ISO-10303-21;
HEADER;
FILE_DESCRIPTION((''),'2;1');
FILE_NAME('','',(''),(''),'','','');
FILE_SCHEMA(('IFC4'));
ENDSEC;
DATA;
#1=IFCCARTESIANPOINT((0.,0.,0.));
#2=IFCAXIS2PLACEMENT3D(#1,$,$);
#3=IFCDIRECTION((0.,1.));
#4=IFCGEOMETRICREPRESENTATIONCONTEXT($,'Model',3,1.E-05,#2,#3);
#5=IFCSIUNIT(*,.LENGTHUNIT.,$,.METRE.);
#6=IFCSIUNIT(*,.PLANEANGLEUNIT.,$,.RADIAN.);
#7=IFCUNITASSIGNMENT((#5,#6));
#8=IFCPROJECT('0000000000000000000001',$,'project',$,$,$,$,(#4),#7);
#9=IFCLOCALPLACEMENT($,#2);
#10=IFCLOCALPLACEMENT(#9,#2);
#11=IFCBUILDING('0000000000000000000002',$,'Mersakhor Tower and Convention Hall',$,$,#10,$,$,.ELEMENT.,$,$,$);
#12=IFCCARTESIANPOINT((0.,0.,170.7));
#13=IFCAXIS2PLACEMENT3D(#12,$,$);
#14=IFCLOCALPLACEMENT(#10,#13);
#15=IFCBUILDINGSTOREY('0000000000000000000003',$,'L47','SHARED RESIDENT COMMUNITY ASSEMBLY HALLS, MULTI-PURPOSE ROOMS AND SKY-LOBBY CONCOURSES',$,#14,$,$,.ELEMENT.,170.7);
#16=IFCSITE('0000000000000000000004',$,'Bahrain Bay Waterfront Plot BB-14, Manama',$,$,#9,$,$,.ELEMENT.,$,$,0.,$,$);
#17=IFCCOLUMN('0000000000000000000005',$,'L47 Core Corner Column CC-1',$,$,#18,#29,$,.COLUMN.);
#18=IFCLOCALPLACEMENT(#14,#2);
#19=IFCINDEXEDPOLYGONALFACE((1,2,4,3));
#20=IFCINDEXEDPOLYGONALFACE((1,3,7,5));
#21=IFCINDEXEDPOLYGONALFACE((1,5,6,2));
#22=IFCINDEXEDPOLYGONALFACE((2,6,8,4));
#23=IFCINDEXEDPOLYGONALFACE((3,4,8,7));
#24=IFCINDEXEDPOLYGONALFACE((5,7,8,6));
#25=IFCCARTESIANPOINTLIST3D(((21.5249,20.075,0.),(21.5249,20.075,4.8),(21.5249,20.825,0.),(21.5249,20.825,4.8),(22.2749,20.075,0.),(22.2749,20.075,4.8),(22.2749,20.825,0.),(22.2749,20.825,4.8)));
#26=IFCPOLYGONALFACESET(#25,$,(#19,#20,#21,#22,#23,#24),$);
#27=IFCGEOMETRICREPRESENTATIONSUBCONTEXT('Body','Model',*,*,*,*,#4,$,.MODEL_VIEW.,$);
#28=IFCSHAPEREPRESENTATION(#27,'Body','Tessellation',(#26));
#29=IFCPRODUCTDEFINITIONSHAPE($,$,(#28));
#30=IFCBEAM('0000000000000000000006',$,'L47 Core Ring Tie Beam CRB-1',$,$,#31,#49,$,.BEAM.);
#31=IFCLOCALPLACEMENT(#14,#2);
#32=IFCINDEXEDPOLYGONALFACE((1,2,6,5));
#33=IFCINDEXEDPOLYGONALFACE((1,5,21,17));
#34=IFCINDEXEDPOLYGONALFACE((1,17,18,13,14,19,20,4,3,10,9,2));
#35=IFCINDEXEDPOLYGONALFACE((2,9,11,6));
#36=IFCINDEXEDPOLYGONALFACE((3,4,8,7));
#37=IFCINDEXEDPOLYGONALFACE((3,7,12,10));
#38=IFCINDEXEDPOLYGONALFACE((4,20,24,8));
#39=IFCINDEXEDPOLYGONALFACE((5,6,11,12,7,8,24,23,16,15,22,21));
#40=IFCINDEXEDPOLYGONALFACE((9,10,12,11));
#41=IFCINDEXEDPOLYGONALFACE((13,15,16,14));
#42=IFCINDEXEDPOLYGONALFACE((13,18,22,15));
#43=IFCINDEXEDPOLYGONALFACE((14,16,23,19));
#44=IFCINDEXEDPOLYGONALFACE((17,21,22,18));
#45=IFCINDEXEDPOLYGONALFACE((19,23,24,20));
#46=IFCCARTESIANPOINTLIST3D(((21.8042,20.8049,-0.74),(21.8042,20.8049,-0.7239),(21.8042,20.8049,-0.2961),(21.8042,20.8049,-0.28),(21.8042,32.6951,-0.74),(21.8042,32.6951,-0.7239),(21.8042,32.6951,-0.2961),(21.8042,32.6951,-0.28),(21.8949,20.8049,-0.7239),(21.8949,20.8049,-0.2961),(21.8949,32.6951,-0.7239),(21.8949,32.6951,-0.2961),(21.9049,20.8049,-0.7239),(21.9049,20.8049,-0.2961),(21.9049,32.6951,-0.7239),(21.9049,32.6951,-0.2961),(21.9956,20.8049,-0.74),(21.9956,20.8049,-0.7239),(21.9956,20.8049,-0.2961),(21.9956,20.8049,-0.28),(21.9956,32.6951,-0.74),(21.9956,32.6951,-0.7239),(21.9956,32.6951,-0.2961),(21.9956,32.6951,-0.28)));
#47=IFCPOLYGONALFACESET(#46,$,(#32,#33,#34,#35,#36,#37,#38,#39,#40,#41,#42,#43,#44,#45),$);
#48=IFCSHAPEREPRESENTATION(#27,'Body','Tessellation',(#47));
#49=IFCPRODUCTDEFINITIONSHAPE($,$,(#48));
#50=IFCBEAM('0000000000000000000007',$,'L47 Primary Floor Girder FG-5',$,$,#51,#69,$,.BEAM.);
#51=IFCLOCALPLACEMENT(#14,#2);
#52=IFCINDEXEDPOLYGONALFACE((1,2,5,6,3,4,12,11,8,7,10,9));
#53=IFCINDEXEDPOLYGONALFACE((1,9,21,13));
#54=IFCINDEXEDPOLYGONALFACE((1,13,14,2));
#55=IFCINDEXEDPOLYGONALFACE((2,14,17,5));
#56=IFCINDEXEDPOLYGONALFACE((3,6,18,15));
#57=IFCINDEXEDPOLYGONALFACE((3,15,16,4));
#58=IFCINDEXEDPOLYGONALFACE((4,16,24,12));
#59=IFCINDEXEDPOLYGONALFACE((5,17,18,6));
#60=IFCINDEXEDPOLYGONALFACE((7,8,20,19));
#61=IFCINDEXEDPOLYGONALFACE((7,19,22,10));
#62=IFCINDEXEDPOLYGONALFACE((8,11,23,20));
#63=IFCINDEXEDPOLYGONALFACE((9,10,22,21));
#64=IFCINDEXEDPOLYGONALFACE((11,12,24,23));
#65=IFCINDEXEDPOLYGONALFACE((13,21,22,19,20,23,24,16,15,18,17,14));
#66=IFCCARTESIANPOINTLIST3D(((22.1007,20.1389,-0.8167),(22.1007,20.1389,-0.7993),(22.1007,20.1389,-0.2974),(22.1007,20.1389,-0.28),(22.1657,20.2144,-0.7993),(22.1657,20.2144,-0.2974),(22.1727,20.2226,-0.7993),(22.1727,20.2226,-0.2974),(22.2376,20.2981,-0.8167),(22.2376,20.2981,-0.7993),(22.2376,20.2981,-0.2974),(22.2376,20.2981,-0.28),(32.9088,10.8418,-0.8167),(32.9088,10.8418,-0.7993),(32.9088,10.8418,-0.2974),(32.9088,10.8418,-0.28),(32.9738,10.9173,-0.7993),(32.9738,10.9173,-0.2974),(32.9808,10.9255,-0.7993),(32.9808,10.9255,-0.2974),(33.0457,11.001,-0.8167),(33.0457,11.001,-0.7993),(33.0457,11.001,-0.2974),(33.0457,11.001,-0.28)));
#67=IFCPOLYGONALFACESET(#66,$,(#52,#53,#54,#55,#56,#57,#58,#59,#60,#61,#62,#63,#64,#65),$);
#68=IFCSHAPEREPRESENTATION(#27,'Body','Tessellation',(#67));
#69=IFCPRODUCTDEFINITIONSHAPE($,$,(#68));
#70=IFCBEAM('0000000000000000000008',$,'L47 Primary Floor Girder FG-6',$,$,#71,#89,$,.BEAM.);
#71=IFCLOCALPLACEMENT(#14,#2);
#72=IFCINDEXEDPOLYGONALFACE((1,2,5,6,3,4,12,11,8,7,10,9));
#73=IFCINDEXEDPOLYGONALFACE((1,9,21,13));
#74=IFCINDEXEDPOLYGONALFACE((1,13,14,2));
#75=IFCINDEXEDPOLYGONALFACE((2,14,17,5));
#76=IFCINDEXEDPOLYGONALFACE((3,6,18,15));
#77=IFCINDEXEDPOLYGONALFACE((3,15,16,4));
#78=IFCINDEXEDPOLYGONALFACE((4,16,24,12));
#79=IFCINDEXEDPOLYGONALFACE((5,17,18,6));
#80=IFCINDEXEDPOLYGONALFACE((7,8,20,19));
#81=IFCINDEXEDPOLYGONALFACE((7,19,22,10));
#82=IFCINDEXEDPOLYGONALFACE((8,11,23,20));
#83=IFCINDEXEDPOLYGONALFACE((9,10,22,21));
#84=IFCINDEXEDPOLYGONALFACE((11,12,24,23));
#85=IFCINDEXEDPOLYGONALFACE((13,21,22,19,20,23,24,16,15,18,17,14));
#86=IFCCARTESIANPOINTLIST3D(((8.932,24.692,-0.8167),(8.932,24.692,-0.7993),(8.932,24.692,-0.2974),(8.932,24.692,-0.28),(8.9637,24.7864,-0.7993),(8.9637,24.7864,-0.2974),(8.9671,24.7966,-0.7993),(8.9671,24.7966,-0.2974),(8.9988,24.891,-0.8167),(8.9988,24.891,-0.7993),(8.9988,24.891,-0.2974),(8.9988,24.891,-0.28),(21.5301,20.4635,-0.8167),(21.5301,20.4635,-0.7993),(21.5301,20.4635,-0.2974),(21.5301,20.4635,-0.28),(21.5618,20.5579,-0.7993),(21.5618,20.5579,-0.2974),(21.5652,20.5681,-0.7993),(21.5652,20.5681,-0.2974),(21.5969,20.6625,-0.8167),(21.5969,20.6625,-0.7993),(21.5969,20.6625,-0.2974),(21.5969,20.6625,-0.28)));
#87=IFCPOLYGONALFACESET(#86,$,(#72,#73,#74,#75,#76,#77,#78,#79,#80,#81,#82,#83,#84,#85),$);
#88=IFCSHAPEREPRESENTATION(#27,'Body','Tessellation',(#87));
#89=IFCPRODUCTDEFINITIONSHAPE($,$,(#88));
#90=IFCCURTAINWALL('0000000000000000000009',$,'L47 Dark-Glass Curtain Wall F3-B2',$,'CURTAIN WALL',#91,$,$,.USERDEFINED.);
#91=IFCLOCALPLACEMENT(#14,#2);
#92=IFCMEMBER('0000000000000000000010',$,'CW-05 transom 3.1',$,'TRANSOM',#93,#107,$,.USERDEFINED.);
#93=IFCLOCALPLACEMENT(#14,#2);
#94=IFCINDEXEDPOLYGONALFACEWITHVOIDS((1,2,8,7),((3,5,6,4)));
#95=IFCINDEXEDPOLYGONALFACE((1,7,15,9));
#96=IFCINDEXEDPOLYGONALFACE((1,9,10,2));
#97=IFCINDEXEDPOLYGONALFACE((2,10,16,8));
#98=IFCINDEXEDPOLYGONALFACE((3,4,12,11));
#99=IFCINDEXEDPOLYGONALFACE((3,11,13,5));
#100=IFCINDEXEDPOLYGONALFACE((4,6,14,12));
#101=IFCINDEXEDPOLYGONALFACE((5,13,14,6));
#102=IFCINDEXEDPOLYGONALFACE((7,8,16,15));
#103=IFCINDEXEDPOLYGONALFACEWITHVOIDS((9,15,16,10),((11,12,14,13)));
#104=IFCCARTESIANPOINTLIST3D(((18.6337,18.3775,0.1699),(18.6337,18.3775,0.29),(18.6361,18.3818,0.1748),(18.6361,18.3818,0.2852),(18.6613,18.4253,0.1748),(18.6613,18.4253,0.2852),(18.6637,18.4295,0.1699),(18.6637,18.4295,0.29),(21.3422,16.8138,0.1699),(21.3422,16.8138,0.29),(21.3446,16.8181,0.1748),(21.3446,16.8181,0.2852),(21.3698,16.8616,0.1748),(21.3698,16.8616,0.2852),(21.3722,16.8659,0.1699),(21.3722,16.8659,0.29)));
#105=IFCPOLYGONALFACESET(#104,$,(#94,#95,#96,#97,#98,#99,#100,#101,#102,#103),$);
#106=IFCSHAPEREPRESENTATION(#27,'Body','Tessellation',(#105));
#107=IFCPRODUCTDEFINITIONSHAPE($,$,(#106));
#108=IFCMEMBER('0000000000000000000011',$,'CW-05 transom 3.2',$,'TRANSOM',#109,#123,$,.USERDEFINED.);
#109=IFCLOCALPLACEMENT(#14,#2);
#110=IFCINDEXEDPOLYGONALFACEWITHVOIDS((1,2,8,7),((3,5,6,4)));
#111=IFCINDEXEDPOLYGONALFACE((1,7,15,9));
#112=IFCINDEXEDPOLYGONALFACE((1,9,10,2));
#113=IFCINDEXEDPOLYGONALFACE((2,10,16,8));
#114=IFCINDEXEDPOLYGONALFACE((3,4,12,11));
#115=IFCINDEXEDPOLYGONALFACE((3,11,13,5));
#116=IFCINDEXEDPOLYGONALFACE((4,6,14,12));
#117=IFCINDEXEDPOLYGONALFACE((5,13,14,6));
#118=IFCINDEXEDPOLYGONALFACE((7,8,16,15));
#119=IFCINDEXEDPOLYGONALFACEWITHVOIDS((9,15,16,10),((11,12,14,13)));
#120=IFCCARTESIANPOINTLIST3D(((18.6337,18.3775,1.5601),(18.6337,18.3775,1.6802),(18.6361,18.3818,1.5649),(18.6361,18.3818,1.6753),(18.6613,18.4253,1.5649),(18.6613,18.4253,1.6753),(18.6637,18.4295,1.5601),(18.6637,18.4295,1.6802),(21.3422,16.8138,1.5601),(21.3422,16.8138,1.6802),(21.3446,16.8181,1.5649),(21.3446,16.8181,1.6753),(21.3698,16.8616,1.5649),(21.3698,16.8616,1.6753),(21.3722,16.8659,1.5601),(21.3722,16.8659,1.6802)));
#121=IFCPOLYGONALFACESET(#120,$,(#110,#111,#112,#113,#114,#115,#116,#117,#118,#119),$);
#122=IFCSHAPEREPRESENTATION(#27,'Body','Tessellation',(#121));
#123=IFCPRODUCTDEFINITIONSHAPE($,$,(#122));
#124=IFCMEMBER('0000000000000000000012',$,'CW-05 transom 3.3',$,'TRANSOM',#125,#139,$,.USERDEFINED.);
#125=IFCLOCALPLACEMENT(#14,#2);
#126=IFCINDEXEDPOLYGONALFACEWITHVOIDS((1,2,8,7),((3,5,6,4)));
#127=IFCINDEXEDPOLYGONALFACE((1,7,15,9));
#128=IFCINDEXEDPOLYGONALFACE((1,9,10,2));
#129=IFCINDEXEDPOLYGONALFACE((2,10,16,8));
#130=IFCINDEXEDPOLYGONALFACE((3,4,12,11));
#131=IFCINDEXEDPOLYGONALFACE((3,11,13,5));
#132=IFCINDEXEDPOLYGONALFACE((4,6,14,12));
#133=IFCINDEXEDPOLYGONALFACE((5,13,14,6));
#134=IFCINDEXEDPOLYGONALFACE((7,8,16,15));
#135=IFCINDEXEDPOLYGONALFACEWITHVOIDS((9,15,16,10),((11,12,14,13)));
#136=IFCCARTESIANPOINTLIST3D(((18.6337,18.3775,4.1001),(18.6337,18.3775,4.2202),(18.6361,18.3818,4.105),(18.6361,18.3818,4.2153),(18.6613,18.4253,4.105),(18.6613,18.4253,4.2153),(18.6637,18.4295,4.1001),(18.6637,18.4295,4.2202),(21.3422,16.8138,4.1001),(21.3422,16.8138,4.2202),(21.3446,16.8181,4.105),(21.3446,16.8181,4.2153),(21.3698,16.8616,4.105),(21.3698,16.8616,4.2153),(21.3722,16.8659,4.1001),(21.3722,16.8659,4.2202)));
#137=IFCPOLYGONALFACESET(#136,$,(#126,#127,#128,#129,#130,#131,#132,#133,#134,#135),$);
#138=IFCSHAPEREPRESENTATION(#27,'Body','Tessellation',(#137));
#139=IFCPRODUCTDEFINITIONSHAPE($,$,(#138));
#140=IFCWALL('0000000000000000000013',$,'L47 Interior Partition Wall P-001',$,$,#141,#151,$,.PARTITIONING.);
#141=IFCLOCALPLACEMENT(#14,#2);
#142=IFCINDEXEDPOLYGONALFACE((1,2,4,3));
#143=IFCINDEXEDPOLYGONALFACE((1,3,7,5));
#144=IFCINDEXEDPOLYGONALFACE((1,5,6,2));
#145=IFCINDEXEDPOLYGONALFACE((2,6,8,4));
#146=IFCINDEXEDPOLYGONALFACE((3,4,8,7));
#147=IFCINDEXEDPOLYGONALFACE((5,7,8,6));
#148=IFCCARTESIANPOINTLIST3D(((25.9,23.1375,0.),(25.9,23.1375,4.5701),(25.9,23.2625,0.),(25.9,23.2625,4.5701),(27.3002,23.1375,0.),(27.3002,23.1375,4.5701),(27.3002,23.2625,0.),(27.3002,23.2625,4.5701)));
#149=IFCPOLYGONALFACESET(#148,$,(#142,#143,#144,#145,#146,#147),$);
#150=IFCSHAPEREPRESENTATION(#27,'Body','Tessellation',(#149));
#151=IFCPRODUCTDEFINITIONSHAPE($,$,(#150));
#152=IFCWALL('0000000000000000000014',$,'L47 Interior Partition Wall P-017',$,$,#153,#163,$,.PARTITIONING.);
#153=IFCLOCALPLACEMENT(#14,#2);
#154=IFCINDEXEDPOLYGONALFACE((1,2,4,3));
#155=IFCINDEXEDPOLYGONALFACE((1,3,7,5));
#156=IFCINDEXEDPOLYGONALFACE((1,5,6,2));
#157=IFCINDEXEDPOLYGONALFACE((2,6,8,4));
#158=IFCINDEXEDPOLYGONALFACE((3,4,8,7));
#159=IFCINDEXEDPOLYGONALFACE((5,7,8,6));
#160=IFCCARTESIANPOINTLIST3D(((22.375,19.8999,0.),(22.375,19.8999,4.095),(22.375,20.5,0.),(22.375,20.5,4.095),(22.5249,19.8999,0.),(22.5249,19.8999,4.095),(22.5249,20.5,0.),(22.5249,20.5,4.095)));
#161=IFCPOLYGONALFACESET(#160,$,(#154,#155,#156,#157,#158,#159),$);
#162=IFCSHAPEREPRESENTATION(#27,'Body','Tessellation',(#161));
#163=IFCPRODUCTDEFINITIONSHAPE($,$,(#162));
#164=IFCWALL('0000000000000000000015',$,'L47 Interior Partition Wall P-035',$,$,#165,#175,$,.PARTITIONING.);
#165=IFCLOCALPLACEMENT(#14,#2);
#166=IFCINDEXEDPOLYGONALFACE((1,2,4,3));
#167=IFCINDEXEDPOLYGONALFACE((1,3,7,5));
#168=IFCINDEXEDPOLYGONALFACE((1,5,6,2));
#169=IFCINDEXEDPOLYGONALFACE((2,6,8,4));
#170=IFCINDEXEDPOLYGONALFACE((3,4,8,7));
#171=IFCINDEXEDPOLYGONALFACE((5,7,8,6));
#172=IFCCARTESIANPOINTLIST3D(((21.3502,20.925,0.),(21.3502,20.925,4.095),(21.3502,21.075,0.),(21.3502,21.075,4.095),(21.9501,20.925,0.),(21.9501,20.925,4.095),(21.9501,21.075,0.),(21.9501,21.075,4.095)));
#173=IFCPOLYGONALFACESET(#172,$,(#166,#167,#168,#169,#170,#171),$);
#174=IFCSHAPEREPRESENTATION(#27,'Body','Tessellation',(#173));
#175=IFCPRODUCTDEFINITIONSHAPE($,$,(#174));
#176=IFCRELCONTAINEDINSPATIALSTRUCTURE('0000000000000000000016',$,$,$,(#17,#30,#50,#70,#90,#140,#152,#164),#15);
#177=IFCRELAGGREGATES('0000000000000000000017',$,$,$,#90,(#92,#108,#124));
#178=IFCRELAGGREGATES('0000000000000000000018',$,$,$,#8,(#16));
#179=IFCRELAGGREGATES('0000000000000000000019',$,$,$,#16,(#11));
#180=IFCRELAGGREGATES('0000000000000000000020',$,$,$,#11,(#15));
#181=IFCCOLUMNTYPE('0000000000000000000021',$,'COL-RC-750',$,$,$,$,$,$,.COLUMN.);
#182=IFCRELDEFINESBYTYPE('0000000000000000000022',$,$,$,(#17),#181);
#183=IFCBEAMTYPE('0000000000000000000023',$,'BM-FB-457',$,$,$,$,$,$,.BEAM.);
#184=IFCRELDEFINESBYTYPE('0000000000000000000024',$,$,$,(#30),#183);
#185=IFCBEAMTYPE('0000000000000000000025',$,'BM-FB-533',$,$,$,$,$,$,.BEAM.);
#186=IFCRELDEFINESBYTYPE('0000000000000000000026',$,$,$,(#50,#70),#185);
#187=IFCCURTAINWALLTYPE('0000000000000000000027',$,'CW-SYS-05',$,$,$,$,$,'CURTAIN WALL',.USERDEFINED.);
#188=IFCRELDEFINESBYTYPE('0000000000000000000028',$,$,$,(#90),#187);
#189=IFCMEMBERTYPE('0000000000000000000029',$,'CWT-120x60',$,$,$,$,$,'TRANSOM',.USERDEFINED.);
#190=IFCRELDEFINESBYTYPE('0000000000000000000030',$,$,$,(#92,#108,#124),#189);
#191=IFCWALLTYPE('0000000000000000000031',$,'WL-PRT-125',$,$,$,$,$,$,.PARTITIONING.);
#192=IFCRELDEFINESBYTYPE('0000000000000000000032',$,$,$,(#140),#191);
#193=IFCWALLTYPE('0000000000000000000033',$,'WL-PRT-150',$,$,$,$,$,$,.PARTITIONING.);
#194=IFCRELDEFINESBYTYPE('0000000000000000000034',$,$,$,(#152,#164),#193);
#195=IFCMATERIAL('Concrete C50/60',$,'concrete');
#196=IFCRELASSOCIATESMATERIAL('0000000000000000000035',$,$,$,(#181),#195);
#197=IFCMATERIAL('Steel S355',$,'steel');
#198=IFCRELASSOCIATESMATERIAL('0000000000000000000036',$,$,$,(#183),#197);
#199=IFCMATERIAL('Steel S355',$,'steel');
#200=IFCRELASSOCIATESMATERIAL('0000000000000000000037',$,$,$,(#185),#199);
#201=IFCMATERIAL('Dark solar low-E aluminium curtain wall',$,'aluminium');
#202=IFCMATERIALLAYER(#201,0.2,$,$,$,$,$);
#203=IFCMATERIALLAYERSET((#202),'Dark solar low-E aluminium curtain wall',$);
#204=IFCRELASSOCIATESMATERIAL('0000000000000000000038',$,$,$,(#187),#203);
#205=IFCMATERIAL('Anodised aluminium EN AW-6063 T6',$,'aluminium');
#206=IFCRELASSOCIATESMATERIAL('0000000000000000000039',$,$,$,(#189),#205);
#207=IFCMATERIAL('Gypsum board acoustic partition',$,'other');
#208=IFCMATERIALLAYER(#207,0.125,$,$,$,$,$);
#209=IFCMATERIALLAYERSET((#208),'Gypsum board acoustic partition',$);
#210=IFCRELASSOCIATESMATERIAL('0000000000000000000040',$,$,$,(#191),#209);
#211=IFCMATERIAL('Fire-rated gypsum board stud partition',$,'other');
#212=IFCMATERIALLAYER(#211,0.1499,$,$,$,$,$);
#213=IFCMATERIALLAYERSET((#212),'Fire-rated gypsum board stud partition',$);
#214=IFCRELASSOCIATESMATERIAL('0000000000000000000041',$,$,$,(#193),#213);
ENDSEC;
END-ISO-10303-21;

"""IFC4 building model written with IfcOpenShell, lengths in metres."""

from ifc_helpers import new_model, si_unit, direction, frame, frame_2d, origin, origin_2d, place, context, subcontext, project, spatial, rectangle, hollow_rectangle, i_section, extrude, material, layer, layer_set, material_profile, profile_set, type_object, element, aggregate, save


model = new_model("IFC4")

# Units and contexts
model_context = context("Model", 3, precision=1e-05, world=origin(), true_north=direction((0.0, 1.0)))
body_context = subcontext(model_context, "Body", "Model", "MODEL_VIEW")
ifc_project = project(units=[si_unit("LENGTHUNIT", "METRE"), si_unit("PLANEANGLEUNIT", "RADIAN")], contexts=[model_context])

# Site, building, storey
site_placement = place(None, origin())
site = spatial("IfcSite", under=ifc_project, at=site_placement, Name="Bahrain Bay Waterfront Plot BB-14, Manama", CompositionType="ELEMENT", RefElevation=0.0)
building_placement = place(site_placement, origin())
building = spatial("IfcBuilding", under=site, at=building_placement, Name="Mersakhor Tower and Convention Hall", CompositionType="ELEMENT")
storey_placement = place(building_placement, frame((0.0, 0.0, 170.7)))
storey = spatial("IfcBuildingStorey", under=building, at=storey_placement, Name="L47", Description="SHARED RESIDENT COMMUNITY ASSEMBLY HALLS, MULTI-PURPOSE ROOMS AND SKY-LOBBY CONCOURSES", CompositionType="ELEMENT", Elevation=170.7)

# Column
ifc_material_1 = material(Name="Concrete C50/60", Category="concrete")
ifc_material_profile_1 = material_profile(ifc_material_1, rectangle(XDim=0.75, YDim=0.75, at=origin_2d()), Name="RC 750x750")
ifc_profile_set_1 = profile_set([ifc_material_profile_1], Name="Concrete C50/60")
column_type = type_object("IfcColumnType", Name="COL-RC-750", PredefinedType="COLUMN", material=ifc_profile_set_1)
column_placement = place(storey_placement, frame((21.8999, 20.45, 0.0), z_axis=(0.0, 0.0, 1.0), x_axis=(1.0, 0.0, 0.0)))
element("IfcColumn", 1, at=column_placement, inside=storey, type_object=column_type, Name="L47 Core Corner Column CC-1", PredefinedType="COLUMN", context=body_context, shape_type="SweptSolid", body=[
    extrude(rectangle(XDim=0.75, YDim=0.75, at=origin_2d()), origin(), (0.0, 0.0, 1.0), 4.8),
])

# Beams
ifc_material_2 = material(Name="Steel S355", Category="steel")
ifc_material_profile_2 = material_profile(ifc_material_2, i_section(OverallWidth=0.1914, OverallDepth=0.46, WebThickness=0.01, FlangeThickness=0.0161, at=origin_2d()), Name="UB 457x191x82")
ifc_profile_set_2 = profile_set([ifc_material_profile_2], Name="Steel S355")
beam_type_1 = type_object("IfcBeamType", Name="BM-FB-457", PredefinedType="BEAM", material=ifc_profile_set_2)
beam_1_placement = place(storey_placement, frame((21.8999, 20.8049, -0.51), z_axis=(0.0, 1.0, 0.0), x_axis=(-1.0, 0.0, 0.0)))
element("IfcBeam", 2, at=beam_1_placement, inside=storey, type_object=beam_type_1, Name="L47 Core Ring Tie Beam CRB-1", PredefinedType="BEAM", context=body_context, shape_type="SweptSolid", body=[
    extrude(i_section(OverallWidth=0.1914, OverallDepth=0.46, WebThickness=0.01, FlangeThickness=0.0161, at=origin_2d()), origin(), (0.0, 0.0, 1.0), 11.8901),
])
ifc_material_3 = material(Name="Steel S355", Category="steel")
ifc_material_profile_3 = material_profile(ifc_material_3, i_section(OverallWidth=0.21, OverallDepth=0.5366, WebThickness=0.0107, FlangeThickness=0.0173, at=origin_2d()), Name="UB 533x210x101")
ifc_profile_set_3 = profile_set([ifc_material_profile_3], Name="Steel S355")
beam_type_2 = type_object("IfcBeamType", Name="BM-FB-533", PredefinedType="BEAM", material=ifc_profile_set_3)
beam_2_placement = place(storey_placement, frame((22.1692, 20.2185, -0.5483), z_axis=(0.758111, -0.652126, 0.0), x_axis=(0.652126, 0.758111, 0.0)))
element("IfcBeam", 3, at=beam_2_placement, inside=storey, type_object=beam_type_2, Name="L47 Primary Floor Girder FG-5", PredefinedType="BEAM", context=body_context, shape_type="SweptSolid", body=[
    extrude(i_section(OverallWidth=0.21, OverallDepth=0.5366, WebThickness=0.0107, FlangeThickness=0.0173, at=origin_2d()), origin(), (0.0, 0.0, 1.0), 14.2566),
])
beam_3_placement = place(storey_placement, frame((21.5635, 20.563, -0.5483), z_axis=(-0.948024, 0.3182, 0.0), x_axis=(-0.3182, -0.948024, 0.0)))
element("IfcBeam", 4, at=beam_3_placement, inside=storey, type_object=beam_type_2, Name="L47 Primary Floor Girder FG-6", PredefinedType="BEAM", context=body_context, shape_type="SweptSolid", body=[
    extrude(i_section(OverallWidth=0.21, OverallDepth=0.5366, WebThickness=0.0107, FlangeThickness=0.0173, at=origin_2d()), origin(), (0.0, 0.0, 1.0), 13.2888),
])

# Curtain wall, members
ifc_material_4 = material(Name="Dark solar low-E aluminium curtain wall", Category="aluminium")
ifc_layer_1 = layer(ifc_material_4, 0.2)
ifc_layer_set_1 = layer_set([ifc_layer_1], Name="Dark solar low-E aluminium curtain wall")
curtain_wall_type = type_object("IfcCurtainWallType", Name="CW-SYS-05", ElementType="CURTAIN WALL", PredefinedType="USERDEFINED", material=ifc_layer_set_1)
curtain_wall_placement = place(storey_placement, origin())
curtain_wall = element("IfcCurtainWall", 5, at=curtain_wall_placement, inside=storey, type_object=curtain_wall_type, Name="L47 Dark-Glass Curtain Wall F3-B2", ObjectType="CURTAIN WALL", PredefinedType="USERDEFINED")
ifc_material_5 = material(Name="Anodised aluminium EN AW-6063 T6", Category="aluminium")
ifc_material_profile_4 = material_profile(ifc_material_5, hollow_rectangle(XDim=0.0601, YDim=0.1201, WallThickness=0.0049, at=origin_2d()), Name="RHS 120x60x5")
ifc_profile_set_4 = profile_set([ifc_material_profile_4], Name="Anodised aluminium EN AW-6063 T6")
member_type = type_object("IfcMemberType", Name="CWT-120x60", ElementType="TRANSOM", PredefinedType="USERDEFINED", material=ifc_profile_set_4)
member_1_placement = place(storey_placement, frame((21.3572, 16.8398, 0.23), z_axis=(-0.86603, 0.499993, 0.0), x_axis=(-0.499993, -0.86603, 0.0)))
member_1 = element("IfcMember", 6, at=member_1_placement, type_object=member_type, Name="CW-05 transom 3.1", ObjectType="TRANSOM", PredefinedType="USERDEFINED", context=body_context, shape_type="SweptSolid", body=[
    extrude(hollow_rectangle(XDim=0.0601, YDim=0.1201, WallThickness=0.0049, at=origin_2d()), origin(), (0.0, 0.0, 1.0), 3.1274),
])
member_2_placement = place(storey_placement, frame((21.3572, 16.8398, 1.6201), z_axis=(-0.86603, 0.499993, 0.0), x_axis=(-0.499993, -0.86603, 0.0)))
member_2 = element("IfcMember", 7, at=member_2_placement, type_object=member_type, Name="CW-05 transom 3.2", ObjectType="TRANSOM", PredefinedType="USERDEFINED", context=body_context, shape_type="SweptSolid", body=[
    extrude(hollow_rectangle(XDim=0.0601, YDim=0.1201, WallThickness=0.0049, at=origin_2d()), origin(), (0.0, 0.0, 1.0), 3.1274),
])
member_3_placement = place(storey_placement, frame((21.3572, 16.8398, 4.1602), z_axis=(-0.86603, 0.499993, 0.0), x_axis=(-0.499993, -0.86603, 0.0)))
member_3 = element("IfcMember", 8, at=member_3_placement, type_object=member_type, Name="CW-05 transom 3.3", ObjectType="TRANSOM", PredefinedType="USERDEFINED", context=body_context, shape_type="SweptSolid", body=[
    extrude(hollow_rectangle(XDim=0.0601, YDim=0.1201, WallThickness=0.0049, at=origin_2d()), origin(), (0.0, 0.0, 1.0), 3.1274),
])
aggregate(curtain_wall, [member_1, member_2, member_3])

# Walls
ifc_material_6 = material(Name="Gypsum board acoustic partition", Category="other")
ifc_layer_2 = layer(ifc_material_6, 0.125)
ifc_layer_set_2 = layer_set([ifc_layer_2], Name="Gypsum board acoustic partition")
wall_type_1 = type_object("IfcWallType", Name="WL-PRT-125", PredefinedType="PARTITIONING", material=ifc_layer_set_2)
wall_1_placement = place(storey_placement, frame((25.8999, 23.2, 0.0), z_axis=(0.0, 0.0, 1.0), x_axis=(1.0, 0.0, 0.0)))
element("IfcWall", 9, at=wall_1_placement, inside=storey, type_object=wall_type_1, Name="L47 Interior Partition Wall P-001", PredefinedType="PARTITIONING", context=body_context, shape_type="SweptSolid", body=[
    extrude(rectangle(XDim=1.4001, YDim=0.125, at=frame_2d((0.7002, 0.0))), origin(), (0.0, 0.0, 1.0), 4.5701),
])
ifc_material_7 = material(Name="Fire-rated gypsum board stud partition", Category="other")
ifc_layer_3 = layer(ifc_material_7, 0.1499)
ifc_layer_set_3 = layer_set([ifc_layer_3], Name="Fire-rated gypsum board stud partition")
wall_type_2 = type_object("IfcWallType", Name="WL-PRT-150", PredefinedType="PARTITIONING", material=ifc_layer_set_3)
wall_2_placement = place(storey_placement, frame((22.45, 19.8999, 0.0), z_axis=(0.0, 0.0, 1.0), x_axis=(0.0, 1.0, 0.0)))
element("IfcWall", 10, at=wall_2_placement, inside=storey, type_object=wall_type_2, Name="L47 Interior Partition Wall P-017", PredefinedType="PARTITIONING", context=body_context, shape_type="SweptSolid", body=[
    extrude(rectangle(XDim=0.6001, YDim=0.1499, at=frame_2d((0.3, 0.0))), origin(), (0.0, 0.0, 1.0), 4.095),
])
wall_3_placement = place(storey_placement, frame((21.95, 21.0, 0.0), z_axis=(0.0, 0.0, 1.0), x_axis=(-1.0, 0.0, 0.0)))
element("IfcWall", 11, at=wall_3_placement, inside=storey, type_object=wall_type_2, Name="L47 Interior Partition Wall P-035", PredefinedType="PARTITIONING", context=body_context, shape_type="SweptSolid", body=[
    extrude(rectangle(XDim=0.5999, YDim=0.1499, at=frame_2d((0.2998, 0.0))), origin(), (0.0, 0.0, 1.0), 4.095),
])

save(model, "model.ifc")
